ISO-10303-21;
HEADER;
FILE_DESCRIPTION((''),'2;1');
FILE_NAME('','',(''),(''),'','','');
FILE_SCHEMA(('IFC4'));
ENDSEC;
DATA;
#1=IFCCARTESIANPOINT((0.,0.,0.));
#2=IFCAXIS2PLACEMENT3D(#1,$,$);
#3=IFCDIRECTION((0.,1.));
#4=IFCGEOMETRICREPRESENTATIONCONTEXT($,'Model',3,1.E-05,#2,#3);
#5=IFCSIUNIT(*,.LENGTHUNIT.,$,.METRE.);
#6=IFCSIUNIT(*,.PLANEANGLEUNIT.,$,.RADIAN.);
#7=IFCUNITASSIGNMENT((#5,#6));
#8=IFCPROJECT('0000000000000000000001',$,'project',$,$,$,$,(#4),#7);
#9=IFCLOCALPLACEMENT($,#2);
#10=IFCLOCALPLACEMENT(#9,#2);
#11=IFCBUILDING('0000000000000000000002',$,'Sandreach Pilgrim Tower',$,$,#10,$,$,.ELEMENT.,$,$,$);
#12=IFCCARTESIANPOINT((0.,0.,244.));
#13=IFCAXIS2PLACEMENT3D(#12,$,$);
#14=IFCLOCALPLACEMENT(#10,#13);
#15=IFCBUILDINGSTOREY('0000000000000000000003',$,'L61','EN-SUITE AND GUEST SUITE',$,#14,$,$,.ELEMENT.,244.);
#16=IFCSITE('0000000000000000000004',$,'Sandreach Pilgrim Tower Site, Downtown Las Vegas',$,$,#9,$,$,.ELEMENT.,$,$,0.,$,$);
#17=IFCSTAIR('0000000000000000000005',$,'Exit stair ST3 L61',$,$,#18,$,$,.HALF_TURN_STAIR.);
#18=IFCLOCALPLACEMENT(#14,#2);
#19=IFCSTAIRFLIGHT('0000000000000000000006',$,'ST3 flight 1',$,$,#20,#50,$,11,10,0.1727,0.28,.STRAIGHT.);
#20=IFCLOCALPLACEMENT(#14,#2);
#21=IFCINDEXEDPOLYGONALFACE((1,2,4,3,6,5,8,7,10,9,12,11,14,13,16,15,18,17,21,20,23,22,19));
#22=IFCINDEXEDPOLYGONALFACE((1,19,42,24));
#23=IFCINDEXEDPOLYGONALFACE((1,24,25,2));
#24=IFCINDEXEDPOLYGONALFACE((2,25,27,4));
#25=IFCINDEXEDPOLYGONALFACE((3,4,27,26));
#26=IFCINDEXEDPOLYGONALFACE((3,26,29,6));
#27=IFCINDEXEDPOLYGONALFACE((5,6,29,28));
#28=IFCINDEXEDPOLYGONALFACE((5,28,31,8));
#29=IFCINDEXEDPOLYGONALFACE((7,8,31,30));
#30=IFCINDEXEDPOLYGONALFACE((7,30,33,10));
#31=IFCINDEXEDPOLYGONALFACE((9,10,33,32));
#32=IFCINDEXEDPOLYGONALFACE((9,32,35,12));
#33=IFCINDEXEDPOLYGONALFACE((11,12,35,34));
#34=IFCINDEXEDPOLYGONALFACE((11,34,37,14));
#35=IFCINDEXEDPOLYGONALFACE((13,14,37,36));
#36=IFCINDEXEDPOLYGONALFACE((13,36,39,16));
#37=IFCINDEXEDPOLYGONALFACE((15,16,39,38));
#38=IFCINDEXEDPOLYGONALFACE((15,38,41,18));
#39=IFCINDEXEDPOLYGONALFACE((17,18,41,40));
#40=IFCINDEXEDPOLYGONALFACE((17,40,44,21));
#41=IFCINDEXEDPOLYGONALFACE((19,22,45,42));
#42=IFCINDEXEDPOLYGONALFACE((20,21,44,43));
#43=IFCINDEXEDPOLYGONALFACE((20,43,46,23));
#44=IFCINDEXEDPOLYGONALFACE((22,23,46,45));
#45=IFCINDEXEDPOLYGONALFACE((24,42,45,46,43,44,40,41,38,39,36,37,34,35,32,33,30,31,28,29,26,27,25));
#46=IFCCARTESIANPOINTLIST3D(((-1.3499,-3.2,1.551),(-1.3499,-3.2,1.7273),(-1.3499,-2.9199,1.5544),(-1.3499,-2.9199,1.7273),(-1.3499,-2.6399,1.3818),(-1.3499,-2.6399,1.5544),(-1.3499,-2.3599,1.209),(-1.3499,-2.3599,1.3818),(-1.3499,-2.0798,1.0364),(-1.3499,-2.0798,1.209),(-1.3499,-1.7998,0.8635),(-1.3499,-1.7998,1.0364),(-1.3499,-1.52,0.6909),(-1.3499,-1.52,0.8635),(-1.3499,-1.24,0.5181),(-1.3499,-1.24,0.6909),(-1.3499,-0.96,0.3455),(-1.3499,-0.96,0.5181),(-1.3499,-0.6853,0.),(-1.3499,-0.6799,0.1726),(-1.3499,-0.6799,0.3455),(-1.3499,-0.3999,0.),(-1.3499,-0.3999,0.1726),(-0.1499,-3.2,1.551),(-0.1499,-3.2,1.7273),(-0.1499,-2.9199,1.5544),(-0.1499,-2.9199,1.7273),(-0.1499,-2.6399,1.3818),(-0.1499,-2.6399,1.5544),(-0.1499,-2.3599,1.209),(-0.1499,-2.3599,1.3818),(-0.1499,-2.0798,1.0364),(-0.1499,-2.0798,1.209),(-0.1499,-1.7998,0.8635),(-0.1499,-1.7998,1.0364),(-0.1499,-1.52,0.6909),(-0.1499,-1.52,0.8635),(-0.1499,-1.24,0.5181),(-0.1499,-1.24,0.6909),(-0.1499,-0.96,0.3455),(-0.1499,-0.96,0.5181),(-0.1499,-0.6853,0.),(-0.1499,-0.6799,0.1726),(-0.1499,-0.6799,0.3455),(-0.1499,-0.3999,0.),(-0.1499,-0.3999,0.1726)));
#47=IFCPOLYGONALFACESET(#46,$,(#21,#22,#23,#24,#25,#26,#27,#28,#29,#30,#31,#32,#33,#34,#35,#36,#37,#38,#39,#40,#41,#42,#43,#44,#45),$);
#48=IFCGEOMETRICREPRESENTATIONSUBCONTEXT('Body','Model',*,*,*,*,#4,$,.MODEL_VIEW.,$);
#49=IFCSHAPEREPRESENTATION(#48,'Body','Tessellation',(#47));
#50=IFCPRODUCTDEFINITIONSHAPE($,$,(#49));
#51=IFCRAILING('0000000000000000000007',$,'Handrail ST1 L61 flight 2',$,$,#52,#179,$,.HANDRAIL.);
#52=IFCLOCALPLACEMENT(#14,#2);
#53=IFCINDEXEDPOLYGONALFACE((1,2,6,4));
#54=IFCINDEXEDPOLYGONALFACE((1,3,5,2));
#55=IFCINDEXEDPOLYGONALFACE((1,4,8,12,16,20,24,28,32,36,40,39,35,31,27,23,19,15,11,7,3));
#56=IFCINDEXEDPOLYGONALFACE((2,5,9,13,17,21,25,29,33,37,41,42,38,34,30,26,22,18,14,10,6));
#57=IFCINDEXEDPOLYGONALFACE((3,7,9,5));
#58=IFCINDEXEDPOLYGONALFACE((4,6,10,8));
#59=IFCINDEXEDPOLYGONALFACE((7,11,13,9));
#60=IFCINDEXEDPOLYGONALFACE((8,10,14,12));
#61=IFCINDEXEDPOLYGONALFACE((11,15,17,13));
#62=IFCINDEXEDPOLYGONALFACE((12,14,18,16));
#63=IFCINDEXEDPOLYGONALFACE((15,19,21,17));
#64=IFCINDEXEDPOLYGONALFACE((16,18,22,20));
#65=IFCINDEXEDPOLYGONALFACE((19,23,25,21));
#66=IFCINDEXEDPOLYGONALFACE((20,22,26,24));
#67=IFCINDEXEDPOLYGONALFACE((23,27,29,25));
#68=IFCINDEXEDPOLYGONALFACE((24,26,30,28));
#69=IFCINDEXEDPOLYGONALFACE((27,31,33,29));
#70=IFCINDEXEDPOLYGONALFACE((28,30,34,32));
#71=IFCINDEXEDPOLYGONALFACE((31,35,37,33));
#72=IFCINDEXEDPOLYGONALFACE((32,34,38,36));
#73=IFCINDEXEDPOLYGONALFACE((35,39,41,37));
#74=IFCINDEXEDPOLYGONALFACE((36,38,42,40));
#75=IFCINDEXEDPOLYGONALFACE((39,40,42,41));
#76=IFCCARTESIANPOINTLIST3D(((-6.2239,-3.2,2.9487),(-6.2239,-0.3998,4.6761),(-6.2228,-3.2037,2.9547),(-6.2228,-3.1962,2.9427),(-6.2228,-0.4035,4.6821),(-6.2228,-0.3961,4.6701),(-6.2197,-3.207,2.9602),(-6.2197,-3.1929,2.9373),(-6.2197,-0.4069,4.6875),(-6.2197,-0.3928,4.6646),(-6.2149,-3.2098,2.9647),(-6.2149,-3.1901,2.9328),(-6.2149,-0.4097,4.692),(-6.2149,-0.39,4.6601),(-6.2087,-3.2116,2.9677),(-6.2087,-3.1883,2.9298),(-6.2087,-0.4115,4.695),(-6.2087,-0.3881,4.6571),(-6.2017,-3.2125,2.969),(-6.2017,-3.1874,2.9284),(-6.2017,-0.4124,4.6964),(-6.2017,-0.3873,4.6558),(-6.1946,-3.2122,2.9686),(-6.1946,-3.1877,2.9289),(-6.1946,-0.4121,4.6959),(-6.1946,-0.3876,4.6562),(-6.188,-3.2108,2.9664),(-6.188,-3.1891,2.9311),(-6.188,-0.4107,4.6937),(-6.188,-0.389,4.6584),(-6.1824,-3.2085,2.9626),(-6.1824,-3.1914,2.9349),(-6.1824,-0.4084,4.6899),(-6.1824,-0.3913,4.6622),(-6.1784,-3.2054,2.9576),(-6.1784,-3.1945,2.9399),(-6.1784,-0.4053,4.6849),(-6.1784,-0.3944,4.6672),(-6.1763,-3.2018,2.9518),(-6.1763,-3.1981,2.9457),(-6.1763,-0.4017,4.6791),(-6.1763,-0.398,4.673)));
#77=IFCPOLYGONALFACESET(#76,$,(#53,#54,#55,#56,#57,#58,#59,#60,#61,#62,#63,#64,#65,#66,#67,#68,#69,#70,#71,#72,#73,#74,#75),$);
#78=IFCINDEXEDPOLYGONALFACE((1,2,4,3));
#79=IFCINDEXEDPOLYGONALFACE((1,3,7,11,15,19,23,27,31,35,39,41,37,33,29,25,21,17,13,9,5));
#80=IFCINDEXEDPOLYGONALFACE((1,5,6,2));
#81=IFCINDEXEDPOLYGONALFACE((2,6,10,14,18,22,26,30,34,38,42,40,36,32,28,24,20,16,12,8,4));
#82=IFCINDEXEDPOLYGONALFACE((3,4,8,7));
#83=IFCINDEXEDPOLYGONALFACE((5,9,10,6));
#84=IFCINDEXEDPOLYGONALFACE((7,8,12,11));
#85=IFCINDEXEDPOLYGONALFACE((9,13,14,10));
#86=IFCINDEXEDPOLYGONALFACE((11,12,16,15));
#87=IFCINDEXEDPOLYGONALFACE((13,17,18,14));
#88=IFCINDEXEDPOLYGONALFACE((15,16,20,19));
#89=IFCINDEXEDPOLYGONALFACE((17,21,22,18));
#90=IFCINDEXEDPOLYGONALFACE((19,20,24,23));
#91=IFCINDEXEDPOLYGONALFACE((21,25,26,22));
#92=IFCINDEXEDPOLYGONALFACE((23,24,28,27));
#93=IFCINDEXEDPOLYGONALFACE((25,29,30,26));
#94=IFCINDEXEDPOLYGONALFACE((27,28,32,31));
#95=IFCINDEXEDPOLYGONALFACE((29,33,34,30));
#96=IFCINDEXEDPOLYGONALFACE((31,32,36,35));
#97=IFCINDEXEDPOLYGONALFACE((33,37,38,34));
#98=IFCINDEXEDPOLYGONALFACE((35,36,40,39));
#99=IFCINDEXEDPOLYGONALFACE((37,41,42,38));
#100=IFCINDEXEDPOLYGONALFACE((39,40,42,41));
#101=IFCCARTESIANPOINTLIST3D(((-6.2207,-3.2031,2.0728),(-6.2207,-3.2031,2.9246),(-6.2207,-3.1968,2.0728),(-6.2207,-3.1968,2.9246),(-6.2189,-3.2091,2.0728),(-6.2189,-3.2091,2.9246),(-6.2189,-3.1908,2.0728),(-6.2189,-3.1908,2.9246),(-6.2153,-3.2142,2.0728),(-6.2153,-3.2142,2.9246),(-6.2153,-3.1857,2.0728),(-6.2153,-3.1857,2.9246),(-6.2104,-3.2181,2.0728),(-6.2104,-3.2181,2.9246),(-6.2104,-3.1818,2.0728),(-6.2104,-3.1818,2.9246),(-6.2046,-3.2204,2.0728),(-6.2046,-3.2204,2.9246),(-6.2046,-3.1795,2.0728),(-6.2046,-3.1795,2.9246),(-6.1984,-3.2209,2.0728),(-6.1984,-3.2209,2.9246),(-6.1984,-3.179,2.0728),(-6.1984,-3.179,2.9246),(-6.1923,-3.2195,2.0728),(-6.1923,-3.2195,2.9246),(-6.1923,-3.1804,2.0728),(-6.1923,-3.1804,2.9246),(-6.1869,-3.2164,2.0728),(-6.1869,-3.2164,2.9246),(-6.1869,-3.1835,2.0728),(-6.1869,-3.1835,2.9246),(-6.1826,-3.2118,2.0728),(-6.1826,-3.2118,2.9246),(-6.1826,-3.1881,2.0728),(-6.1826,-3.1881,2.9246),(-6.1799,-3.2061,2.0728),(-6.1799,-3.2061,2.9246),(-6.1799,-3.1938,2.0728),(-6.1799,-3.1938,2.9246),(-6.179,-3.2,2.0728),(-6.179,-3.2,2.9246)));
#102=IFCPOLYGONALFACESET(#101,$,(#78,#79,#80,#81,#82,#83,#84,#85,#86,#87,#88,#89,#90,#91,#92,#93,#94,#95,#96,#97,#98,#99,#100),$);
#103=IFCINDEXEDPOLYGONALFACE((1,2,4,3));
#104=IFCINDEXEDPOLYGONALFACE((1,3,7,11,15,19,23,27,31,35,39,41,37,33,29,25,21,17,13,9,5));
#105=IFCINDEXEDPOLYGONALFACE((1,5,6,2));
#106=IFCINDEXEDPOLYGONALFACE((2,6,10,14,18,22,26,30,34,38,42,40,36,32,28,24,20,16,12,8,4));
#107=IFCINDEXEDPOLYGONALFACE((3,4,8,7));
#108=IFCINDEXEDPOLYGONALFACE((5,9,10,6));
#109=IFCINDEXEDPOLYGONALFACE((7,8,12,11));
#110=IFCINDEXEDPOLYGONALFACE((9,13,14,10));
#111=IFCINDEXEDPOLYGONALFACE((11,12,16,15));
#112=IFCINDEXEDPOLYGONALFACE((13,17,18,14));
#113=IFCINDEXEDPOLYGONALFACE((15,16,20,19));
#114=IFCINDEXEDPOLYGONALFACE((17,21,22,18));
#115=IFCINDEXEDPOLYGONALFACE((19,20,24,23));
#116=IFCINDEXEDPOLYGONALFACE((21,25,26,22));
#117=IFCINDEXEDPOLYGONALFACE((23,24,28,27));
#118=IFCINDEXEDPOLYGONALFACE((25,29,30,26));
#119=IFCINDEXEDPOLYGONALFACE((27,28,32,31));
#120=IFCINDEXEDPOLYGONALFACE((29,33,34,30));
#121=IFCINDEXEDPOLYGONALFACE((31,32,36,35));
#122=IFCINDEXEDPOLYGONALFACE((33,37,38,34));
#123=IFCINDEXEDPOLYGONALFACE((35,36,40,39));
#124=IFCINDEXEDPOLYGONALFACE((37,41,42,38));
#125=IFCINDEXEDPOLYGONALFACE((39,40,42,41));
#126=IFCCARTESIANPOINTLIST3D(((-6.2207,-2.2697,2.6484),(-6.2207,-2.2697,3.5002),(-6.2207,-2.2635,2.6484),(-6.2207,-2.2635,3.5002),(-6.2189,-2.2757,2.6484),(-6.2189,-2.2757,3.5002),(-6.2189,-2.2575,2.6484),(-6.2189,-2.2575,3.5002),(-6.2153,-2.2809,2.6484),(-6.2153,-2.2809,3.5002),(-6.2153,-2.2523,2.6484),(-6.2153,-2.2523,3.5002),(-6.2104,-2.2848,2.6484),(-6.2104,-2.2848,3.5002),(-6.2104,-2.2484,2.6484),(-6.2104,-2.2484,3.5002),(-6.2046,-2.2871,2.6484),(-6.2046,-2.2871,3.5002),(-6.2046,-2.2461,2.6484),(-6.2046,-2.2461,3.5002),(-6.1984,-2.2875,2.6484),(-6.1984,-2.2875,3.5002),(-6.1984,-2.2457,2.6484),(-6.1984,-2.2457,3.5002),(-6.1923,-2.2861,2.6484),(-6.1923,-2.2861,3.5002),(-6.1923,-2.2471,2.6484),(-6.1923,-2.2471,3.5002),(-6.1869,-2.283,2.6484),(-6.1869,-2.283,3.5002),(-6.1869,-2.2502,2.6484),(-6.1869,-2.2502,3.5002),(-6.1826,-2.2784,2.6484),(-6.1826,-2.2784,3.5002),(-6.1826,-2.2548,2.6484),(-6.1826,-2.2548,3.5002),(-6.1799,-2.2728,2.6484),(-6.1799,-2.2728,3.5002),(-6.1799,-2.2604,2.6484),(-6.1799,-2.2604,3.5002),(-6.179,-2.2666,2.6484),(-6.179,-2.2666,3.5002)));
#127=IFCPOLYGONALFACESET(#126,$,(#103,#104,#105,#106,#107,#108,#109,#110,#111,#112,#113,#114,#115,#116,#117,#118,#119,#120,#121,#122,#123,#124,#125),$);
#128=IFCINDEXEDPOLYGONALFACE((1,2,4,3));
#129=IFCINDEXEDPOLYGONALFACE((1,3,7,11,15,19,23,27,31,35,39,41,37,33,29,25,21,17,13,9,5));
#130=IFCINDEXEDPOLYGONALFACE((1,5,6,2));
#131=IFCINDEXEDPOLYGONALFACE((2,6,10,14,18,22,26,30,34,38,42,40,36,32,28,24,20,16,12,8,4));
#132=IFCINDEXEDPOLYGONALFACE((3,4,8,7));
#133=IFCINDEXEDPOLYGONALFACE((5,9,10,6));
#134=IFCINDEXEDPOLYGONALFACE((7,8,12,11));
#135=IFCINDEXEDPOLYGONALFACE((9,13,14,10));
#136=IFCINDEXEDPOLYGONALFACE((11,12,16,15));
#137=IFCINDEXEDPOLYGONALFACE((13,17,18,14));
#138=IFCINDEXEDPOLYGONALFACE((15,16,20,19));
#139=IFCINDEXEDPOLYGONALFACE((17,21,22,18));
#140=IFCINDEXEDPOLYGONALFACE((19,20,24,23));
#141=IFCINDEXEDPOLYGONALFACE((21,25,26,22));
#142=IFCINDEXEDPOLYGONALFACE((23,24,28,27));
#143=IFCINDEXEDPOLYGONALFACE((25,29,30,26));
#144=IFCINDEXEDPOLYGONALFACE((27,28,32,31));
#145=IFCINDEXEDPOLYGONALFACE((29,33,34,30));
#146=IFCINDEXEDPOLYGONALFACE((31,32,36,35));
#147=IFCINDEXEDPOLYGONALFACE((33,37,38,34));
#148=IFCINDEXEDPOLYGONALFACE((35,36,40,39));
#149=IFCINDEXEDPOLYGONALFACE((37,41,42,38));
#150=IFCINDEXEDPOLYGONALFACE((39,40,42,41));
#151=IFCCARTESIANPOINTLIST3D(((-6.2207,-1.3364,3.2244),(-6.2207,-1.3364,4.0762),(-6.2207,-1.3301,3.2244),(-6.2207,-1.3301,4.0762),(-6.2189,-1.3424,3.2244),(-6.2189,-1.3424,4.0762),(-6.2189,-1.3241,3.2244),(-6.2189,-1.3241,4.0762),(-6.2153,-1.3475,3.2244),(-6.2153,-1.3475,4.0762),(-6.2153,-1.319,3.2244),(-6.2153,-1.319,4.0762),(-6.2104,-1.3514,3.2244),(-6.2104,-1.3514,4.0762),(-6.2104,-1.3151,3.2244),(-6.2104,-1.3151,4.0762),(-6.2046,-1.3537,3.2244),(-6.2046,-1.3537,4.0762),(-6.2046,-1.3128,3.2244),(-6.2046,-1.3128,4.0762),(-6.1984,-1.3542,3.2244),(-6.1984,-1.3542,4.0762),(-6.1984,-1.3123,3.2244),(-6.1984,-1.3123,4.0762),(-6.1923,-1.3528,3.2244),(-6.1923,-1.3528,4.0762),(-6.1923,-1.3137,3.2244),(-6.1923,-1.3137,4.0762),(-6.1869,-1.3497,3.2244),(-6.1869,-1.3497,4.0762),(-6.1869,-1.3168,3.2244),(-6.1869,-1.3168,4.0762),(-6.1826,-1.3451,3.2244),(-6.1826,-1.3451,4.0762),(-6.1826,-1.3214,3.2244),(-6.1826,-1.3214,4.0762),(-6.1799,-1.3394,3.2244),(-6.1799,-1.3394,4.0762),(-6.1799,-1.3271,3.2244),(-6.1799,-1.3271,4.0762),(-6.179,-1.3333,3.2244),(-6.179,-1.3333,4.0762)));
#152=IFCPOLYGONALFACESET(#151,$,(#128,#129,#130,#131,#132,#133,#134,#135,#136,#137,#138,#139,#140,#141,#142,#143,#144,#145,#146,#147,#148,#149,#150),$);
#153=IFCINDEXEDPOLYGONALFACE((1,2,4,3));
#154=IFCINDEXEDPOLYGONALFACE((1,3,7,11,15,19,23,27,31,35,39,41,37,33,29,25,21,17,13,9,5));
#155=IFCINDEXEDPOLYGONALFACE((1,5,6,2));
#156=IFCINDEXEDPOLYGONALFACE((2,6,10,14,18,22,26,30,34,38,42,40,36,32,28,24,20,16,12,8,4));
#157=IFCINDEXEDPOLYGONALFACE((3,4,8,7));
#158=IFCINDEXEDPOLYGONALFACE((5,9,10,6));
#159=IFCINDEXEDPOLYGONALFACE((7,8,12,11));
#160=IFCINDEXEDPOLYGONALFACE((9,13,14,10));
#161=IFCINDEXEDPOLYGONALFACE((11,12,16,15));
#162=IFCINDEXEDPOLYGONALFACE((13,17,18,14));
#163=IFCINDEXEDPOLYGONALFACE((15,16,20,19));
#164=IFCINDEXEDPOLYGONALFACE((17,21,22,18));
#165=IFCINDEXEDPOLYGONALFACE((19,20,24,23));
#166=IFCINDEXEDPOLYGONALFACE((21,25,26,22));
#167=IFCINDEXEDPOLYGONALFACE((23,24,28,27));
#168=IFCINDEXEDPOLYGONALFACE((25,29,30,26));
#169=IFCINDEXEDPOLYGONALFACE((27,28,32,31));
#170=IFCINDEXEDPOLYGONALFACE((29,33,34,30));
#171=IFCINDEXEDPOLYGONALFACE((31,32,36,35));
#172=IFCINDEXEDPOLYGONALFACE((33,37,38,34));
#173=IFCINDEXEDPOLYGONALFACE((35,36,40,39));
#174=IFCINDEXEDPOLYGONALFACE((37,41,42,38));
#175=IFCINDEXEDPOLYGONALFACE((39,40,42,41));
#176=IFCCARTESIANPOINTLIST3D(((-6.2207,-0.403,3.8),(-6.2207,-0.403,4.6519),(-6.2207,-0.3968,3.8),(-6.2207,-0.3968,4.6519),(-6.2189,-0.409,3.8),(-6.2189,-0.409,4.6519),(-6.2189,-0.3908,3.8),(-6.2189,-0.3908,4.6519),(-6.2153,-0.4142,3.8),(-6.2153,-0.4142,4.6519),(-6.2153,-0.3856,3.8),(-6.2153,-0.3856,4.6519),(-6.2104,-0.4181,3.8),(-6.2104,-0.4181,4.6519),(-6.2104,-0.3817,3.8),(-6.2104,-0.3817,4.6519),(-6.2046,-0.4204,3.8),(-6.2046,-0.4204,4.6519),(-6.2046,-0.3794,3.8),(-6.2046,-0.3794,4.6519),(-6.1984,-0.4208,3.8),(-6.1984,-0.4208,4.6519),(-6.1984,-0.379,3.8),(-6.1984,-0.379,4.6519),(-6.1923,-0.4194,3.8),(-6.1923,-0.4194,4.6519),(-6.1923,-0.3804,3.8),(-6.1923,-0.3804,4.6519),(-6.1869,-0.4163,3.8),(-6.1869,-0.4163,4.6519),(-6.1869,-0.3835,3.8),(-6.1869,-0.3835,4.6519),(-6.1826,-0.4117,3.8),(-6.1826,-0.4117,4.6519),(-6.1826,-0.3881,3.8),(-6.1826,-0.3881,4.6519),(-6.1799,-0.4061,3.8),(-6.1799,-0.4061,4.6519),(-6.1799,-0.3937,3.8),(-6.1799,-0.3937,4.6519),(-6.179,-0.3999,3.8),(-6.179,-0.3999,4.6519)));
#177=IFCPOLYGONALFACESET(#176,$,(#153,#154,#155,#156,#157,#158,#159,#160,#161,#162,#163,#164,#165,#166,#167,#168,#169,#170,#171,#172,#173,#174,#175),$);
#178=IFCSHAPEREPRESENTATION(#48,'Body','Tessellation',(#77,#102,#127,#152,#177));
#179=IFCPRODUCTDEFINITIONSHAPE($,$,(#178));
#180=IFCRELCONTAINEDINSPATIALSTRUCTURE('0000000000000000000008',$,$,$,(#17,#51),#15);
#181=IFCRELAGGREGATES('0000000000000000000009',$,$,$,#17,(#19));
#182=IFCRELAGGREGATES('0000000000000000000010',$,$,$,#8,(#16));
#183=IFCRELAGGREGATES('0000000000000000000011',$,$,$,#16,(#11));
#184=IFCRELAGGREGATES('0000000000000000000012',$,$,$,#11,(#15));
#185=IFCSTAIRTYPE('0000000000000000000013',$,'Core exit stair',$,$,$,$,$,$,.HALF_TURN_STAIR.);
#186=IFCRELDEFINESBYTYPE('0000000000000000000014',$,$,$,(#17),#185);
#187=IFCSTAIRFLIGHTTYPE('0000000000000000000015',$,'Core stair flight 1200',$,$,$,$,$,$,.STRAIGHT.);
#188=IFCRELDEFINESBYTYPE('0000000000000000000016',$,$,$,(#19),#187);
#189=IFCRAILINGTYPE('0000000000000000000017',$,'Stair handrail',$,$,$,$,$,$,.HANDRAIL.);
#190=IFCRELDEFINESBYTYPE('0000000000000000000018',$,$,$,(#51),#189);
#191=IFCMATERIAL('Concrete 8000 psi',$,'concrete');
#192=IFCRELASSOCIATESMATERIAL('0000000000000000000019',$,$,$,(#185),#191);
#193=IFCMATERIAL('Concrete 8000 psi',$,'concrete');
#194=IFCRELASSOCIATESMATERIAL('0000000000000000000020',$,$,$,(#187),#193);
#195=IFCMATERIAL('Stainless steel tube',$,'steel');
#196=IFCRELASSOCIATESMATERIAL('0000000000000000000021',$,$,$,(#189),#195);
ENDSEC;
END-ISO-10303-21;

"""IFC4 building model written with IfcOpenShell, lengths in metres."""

from ifc_helpers import new_model, si_unit, direction, frame, origin, origin_2d, place, context, subcontext, project, spatial, polyline, circle, outline, extrude, material, type_object, element, aggregate, save


model = new_model("IFC4")

# Units and contexts
model_context = context("Model", 3, precision=1e-05, world=origin(), true_north=direction((0.0, 1.0)))
body_context = subcontext(model_context, "Body", "Model", "MODEL_VIEW")
ifc_project = project(units=[si_unit("LENGTHUNIT", "METRE"), si_unit("PLANEANGLEUNIT", "RADIAN")], contexts=[model_context])

# Site, building, storey
site_placement = place(None, origin())
site = spatial("IfcSite", under=ifc_project, at=site_placement, Name="Sandreach Pilgrim Tower Site, Downtown Las Vegas", CompositionType="ELEMENT", RefElevation=0.0)
building_placement = place(site_placement, origin())
building = spatial("IfcBuilding", under=site, at=building_placement, Name="Sandreach Pilgrim Tower", CompositionType="ELEMENT")
storey_placement = place(building_placement, frame((0.0, 0.0, 244.0)))
storey = spatial("IfcBuildingStorey", under=building, at=storey_placement, Name="L61", Description="EN-SUITE AND GUEST SUITE", CompositionType="ELEMENT", Elevation=244.0)

# Stair, stair flight
ifc_material_1 = material(Name="Concrete 8000 psi", Category="concrete")
stair_type = type_object("IfcStairType", Name="Core exit stair", PredefinedType="HALF_TURN_STAIR", material=ifc_material_1)
ifc_material_2 = material(Name="Concrete 8000 psi", Category="concrete")
stair_flight_type = type_object("IfcStairFlightType", Name="Core stair flight 1200", PredefinedType="STRAIGHT", material=ifc_material_2)
stair_1_placement = place(storey_placement, origin())
stair_1 = element("IfcStair", 1, at=stair_1_placement, inside=storey, type_object=stair_type, Name="Exit stair ST3 L61", PredefinedType="HALF_TURN_STAIR")
stair_flight_1_placement = place(storey_placement, frame((-0.75, -0.3999, 0.0), z_axis=(0.0, 0.0, 1.0), x_axis=(0.0, -1.0, 0.0)))
stair_flight_1 = element("IfcStairFlight", 2, at=stair_flight_1_placement, type_object=stair_flight_type, Name="ST3 flight 1", NumberOfRisers=11, NumberOfTreads=10, PredefinedType="STRAIGHT", RiserHeight=0.1727, TreadLength=0.28, context=body_context, shape_type="SweptSolid", body=[
    extrude(outline(polyline([(0.0, 0.0), (0.0, 0.1726), (0.28, 0.1726), (0.28, 0.3455), (0.5601, 0.3455), (0.5601, 0.5181), (0.8401, 0.5181), (0.8401, 0.6909), (1.1201, 0.6909), (1.1201, 0.8635), (1.3999, 0.8635), (1.3999, 1.0364), (1.6799, 1.0364), (1.6799, 1.209), (1.96, 1.209), (1.96, 1.3818), (2.24, 1.3818), (2.24, 1.5544), (2.52, 1.5544), (2.52, 1.7273), (2.8, 1.7273), (2.8, 1.8999), (2.8, 1.551), (0.2854, 0.0), (0.0, 0.0)])), frame((0.0, 0.6001, 0.0), z_axis=(0.0, -1.0, 0.0), x_axis=(1.0, 0.0, 0.0)), (0.0, 0.0, 1.0), 1.2),
])
aggregate(stair_1, [stair_flight_1])

# Railing
ifc_material_3 = material(Name="Stainless steel tube", Category="steel")
railing_type = type_object("IfcRailingType", Name="Stair handrail", PredefinedType="HANDRAIL", material=ifc_material_3)
for number, where, name in (
    (3, (-6.2, -3.2, 2.0728), "Handrail ST1 L61 flight 2"),
):
    element("IfcRailing", number, at=place(storey_placement, frame(where)), inside=storey, type_object=railing_type, Name=name, PredefinedType="HANDRAIL", context=body_context, shape_type="SweptSolid", body=[
        extrude(circle(Radius=0.0239, at=origin_2d()), frame((0.0, 0.0, 0.876), z_axis=(0.0, 0.85109, 0.52502), x_axis=(-1.0, 0.0, 0.0)), (0.0, 0.0, 1.0), 3.29),
        extrude(circle(Radius=0.021, at=origin_2d()), origin(), (0.0, 0.0, 1.0), 0.8518),
        extrude(circle(Radius=0.021, at=origin_2d()), frame((0.0, 0.9333, 0.5757)), (0.0, 0.0, 1.0), 0.8518),
        extrude(circle(Radius=0.021, at=origin_2d()), frame((0.0, 1.8667, 1.1516)), (0.0, 0.0, 1.0), 0.8518),
        extrude(circle(Radius=0.021, at=origin_2d()), frame((0.0, 2.8, 1.7273)), (0.0, 0.0, 1.0), 0.8518),
    ])

save(model, "model.ifc")
